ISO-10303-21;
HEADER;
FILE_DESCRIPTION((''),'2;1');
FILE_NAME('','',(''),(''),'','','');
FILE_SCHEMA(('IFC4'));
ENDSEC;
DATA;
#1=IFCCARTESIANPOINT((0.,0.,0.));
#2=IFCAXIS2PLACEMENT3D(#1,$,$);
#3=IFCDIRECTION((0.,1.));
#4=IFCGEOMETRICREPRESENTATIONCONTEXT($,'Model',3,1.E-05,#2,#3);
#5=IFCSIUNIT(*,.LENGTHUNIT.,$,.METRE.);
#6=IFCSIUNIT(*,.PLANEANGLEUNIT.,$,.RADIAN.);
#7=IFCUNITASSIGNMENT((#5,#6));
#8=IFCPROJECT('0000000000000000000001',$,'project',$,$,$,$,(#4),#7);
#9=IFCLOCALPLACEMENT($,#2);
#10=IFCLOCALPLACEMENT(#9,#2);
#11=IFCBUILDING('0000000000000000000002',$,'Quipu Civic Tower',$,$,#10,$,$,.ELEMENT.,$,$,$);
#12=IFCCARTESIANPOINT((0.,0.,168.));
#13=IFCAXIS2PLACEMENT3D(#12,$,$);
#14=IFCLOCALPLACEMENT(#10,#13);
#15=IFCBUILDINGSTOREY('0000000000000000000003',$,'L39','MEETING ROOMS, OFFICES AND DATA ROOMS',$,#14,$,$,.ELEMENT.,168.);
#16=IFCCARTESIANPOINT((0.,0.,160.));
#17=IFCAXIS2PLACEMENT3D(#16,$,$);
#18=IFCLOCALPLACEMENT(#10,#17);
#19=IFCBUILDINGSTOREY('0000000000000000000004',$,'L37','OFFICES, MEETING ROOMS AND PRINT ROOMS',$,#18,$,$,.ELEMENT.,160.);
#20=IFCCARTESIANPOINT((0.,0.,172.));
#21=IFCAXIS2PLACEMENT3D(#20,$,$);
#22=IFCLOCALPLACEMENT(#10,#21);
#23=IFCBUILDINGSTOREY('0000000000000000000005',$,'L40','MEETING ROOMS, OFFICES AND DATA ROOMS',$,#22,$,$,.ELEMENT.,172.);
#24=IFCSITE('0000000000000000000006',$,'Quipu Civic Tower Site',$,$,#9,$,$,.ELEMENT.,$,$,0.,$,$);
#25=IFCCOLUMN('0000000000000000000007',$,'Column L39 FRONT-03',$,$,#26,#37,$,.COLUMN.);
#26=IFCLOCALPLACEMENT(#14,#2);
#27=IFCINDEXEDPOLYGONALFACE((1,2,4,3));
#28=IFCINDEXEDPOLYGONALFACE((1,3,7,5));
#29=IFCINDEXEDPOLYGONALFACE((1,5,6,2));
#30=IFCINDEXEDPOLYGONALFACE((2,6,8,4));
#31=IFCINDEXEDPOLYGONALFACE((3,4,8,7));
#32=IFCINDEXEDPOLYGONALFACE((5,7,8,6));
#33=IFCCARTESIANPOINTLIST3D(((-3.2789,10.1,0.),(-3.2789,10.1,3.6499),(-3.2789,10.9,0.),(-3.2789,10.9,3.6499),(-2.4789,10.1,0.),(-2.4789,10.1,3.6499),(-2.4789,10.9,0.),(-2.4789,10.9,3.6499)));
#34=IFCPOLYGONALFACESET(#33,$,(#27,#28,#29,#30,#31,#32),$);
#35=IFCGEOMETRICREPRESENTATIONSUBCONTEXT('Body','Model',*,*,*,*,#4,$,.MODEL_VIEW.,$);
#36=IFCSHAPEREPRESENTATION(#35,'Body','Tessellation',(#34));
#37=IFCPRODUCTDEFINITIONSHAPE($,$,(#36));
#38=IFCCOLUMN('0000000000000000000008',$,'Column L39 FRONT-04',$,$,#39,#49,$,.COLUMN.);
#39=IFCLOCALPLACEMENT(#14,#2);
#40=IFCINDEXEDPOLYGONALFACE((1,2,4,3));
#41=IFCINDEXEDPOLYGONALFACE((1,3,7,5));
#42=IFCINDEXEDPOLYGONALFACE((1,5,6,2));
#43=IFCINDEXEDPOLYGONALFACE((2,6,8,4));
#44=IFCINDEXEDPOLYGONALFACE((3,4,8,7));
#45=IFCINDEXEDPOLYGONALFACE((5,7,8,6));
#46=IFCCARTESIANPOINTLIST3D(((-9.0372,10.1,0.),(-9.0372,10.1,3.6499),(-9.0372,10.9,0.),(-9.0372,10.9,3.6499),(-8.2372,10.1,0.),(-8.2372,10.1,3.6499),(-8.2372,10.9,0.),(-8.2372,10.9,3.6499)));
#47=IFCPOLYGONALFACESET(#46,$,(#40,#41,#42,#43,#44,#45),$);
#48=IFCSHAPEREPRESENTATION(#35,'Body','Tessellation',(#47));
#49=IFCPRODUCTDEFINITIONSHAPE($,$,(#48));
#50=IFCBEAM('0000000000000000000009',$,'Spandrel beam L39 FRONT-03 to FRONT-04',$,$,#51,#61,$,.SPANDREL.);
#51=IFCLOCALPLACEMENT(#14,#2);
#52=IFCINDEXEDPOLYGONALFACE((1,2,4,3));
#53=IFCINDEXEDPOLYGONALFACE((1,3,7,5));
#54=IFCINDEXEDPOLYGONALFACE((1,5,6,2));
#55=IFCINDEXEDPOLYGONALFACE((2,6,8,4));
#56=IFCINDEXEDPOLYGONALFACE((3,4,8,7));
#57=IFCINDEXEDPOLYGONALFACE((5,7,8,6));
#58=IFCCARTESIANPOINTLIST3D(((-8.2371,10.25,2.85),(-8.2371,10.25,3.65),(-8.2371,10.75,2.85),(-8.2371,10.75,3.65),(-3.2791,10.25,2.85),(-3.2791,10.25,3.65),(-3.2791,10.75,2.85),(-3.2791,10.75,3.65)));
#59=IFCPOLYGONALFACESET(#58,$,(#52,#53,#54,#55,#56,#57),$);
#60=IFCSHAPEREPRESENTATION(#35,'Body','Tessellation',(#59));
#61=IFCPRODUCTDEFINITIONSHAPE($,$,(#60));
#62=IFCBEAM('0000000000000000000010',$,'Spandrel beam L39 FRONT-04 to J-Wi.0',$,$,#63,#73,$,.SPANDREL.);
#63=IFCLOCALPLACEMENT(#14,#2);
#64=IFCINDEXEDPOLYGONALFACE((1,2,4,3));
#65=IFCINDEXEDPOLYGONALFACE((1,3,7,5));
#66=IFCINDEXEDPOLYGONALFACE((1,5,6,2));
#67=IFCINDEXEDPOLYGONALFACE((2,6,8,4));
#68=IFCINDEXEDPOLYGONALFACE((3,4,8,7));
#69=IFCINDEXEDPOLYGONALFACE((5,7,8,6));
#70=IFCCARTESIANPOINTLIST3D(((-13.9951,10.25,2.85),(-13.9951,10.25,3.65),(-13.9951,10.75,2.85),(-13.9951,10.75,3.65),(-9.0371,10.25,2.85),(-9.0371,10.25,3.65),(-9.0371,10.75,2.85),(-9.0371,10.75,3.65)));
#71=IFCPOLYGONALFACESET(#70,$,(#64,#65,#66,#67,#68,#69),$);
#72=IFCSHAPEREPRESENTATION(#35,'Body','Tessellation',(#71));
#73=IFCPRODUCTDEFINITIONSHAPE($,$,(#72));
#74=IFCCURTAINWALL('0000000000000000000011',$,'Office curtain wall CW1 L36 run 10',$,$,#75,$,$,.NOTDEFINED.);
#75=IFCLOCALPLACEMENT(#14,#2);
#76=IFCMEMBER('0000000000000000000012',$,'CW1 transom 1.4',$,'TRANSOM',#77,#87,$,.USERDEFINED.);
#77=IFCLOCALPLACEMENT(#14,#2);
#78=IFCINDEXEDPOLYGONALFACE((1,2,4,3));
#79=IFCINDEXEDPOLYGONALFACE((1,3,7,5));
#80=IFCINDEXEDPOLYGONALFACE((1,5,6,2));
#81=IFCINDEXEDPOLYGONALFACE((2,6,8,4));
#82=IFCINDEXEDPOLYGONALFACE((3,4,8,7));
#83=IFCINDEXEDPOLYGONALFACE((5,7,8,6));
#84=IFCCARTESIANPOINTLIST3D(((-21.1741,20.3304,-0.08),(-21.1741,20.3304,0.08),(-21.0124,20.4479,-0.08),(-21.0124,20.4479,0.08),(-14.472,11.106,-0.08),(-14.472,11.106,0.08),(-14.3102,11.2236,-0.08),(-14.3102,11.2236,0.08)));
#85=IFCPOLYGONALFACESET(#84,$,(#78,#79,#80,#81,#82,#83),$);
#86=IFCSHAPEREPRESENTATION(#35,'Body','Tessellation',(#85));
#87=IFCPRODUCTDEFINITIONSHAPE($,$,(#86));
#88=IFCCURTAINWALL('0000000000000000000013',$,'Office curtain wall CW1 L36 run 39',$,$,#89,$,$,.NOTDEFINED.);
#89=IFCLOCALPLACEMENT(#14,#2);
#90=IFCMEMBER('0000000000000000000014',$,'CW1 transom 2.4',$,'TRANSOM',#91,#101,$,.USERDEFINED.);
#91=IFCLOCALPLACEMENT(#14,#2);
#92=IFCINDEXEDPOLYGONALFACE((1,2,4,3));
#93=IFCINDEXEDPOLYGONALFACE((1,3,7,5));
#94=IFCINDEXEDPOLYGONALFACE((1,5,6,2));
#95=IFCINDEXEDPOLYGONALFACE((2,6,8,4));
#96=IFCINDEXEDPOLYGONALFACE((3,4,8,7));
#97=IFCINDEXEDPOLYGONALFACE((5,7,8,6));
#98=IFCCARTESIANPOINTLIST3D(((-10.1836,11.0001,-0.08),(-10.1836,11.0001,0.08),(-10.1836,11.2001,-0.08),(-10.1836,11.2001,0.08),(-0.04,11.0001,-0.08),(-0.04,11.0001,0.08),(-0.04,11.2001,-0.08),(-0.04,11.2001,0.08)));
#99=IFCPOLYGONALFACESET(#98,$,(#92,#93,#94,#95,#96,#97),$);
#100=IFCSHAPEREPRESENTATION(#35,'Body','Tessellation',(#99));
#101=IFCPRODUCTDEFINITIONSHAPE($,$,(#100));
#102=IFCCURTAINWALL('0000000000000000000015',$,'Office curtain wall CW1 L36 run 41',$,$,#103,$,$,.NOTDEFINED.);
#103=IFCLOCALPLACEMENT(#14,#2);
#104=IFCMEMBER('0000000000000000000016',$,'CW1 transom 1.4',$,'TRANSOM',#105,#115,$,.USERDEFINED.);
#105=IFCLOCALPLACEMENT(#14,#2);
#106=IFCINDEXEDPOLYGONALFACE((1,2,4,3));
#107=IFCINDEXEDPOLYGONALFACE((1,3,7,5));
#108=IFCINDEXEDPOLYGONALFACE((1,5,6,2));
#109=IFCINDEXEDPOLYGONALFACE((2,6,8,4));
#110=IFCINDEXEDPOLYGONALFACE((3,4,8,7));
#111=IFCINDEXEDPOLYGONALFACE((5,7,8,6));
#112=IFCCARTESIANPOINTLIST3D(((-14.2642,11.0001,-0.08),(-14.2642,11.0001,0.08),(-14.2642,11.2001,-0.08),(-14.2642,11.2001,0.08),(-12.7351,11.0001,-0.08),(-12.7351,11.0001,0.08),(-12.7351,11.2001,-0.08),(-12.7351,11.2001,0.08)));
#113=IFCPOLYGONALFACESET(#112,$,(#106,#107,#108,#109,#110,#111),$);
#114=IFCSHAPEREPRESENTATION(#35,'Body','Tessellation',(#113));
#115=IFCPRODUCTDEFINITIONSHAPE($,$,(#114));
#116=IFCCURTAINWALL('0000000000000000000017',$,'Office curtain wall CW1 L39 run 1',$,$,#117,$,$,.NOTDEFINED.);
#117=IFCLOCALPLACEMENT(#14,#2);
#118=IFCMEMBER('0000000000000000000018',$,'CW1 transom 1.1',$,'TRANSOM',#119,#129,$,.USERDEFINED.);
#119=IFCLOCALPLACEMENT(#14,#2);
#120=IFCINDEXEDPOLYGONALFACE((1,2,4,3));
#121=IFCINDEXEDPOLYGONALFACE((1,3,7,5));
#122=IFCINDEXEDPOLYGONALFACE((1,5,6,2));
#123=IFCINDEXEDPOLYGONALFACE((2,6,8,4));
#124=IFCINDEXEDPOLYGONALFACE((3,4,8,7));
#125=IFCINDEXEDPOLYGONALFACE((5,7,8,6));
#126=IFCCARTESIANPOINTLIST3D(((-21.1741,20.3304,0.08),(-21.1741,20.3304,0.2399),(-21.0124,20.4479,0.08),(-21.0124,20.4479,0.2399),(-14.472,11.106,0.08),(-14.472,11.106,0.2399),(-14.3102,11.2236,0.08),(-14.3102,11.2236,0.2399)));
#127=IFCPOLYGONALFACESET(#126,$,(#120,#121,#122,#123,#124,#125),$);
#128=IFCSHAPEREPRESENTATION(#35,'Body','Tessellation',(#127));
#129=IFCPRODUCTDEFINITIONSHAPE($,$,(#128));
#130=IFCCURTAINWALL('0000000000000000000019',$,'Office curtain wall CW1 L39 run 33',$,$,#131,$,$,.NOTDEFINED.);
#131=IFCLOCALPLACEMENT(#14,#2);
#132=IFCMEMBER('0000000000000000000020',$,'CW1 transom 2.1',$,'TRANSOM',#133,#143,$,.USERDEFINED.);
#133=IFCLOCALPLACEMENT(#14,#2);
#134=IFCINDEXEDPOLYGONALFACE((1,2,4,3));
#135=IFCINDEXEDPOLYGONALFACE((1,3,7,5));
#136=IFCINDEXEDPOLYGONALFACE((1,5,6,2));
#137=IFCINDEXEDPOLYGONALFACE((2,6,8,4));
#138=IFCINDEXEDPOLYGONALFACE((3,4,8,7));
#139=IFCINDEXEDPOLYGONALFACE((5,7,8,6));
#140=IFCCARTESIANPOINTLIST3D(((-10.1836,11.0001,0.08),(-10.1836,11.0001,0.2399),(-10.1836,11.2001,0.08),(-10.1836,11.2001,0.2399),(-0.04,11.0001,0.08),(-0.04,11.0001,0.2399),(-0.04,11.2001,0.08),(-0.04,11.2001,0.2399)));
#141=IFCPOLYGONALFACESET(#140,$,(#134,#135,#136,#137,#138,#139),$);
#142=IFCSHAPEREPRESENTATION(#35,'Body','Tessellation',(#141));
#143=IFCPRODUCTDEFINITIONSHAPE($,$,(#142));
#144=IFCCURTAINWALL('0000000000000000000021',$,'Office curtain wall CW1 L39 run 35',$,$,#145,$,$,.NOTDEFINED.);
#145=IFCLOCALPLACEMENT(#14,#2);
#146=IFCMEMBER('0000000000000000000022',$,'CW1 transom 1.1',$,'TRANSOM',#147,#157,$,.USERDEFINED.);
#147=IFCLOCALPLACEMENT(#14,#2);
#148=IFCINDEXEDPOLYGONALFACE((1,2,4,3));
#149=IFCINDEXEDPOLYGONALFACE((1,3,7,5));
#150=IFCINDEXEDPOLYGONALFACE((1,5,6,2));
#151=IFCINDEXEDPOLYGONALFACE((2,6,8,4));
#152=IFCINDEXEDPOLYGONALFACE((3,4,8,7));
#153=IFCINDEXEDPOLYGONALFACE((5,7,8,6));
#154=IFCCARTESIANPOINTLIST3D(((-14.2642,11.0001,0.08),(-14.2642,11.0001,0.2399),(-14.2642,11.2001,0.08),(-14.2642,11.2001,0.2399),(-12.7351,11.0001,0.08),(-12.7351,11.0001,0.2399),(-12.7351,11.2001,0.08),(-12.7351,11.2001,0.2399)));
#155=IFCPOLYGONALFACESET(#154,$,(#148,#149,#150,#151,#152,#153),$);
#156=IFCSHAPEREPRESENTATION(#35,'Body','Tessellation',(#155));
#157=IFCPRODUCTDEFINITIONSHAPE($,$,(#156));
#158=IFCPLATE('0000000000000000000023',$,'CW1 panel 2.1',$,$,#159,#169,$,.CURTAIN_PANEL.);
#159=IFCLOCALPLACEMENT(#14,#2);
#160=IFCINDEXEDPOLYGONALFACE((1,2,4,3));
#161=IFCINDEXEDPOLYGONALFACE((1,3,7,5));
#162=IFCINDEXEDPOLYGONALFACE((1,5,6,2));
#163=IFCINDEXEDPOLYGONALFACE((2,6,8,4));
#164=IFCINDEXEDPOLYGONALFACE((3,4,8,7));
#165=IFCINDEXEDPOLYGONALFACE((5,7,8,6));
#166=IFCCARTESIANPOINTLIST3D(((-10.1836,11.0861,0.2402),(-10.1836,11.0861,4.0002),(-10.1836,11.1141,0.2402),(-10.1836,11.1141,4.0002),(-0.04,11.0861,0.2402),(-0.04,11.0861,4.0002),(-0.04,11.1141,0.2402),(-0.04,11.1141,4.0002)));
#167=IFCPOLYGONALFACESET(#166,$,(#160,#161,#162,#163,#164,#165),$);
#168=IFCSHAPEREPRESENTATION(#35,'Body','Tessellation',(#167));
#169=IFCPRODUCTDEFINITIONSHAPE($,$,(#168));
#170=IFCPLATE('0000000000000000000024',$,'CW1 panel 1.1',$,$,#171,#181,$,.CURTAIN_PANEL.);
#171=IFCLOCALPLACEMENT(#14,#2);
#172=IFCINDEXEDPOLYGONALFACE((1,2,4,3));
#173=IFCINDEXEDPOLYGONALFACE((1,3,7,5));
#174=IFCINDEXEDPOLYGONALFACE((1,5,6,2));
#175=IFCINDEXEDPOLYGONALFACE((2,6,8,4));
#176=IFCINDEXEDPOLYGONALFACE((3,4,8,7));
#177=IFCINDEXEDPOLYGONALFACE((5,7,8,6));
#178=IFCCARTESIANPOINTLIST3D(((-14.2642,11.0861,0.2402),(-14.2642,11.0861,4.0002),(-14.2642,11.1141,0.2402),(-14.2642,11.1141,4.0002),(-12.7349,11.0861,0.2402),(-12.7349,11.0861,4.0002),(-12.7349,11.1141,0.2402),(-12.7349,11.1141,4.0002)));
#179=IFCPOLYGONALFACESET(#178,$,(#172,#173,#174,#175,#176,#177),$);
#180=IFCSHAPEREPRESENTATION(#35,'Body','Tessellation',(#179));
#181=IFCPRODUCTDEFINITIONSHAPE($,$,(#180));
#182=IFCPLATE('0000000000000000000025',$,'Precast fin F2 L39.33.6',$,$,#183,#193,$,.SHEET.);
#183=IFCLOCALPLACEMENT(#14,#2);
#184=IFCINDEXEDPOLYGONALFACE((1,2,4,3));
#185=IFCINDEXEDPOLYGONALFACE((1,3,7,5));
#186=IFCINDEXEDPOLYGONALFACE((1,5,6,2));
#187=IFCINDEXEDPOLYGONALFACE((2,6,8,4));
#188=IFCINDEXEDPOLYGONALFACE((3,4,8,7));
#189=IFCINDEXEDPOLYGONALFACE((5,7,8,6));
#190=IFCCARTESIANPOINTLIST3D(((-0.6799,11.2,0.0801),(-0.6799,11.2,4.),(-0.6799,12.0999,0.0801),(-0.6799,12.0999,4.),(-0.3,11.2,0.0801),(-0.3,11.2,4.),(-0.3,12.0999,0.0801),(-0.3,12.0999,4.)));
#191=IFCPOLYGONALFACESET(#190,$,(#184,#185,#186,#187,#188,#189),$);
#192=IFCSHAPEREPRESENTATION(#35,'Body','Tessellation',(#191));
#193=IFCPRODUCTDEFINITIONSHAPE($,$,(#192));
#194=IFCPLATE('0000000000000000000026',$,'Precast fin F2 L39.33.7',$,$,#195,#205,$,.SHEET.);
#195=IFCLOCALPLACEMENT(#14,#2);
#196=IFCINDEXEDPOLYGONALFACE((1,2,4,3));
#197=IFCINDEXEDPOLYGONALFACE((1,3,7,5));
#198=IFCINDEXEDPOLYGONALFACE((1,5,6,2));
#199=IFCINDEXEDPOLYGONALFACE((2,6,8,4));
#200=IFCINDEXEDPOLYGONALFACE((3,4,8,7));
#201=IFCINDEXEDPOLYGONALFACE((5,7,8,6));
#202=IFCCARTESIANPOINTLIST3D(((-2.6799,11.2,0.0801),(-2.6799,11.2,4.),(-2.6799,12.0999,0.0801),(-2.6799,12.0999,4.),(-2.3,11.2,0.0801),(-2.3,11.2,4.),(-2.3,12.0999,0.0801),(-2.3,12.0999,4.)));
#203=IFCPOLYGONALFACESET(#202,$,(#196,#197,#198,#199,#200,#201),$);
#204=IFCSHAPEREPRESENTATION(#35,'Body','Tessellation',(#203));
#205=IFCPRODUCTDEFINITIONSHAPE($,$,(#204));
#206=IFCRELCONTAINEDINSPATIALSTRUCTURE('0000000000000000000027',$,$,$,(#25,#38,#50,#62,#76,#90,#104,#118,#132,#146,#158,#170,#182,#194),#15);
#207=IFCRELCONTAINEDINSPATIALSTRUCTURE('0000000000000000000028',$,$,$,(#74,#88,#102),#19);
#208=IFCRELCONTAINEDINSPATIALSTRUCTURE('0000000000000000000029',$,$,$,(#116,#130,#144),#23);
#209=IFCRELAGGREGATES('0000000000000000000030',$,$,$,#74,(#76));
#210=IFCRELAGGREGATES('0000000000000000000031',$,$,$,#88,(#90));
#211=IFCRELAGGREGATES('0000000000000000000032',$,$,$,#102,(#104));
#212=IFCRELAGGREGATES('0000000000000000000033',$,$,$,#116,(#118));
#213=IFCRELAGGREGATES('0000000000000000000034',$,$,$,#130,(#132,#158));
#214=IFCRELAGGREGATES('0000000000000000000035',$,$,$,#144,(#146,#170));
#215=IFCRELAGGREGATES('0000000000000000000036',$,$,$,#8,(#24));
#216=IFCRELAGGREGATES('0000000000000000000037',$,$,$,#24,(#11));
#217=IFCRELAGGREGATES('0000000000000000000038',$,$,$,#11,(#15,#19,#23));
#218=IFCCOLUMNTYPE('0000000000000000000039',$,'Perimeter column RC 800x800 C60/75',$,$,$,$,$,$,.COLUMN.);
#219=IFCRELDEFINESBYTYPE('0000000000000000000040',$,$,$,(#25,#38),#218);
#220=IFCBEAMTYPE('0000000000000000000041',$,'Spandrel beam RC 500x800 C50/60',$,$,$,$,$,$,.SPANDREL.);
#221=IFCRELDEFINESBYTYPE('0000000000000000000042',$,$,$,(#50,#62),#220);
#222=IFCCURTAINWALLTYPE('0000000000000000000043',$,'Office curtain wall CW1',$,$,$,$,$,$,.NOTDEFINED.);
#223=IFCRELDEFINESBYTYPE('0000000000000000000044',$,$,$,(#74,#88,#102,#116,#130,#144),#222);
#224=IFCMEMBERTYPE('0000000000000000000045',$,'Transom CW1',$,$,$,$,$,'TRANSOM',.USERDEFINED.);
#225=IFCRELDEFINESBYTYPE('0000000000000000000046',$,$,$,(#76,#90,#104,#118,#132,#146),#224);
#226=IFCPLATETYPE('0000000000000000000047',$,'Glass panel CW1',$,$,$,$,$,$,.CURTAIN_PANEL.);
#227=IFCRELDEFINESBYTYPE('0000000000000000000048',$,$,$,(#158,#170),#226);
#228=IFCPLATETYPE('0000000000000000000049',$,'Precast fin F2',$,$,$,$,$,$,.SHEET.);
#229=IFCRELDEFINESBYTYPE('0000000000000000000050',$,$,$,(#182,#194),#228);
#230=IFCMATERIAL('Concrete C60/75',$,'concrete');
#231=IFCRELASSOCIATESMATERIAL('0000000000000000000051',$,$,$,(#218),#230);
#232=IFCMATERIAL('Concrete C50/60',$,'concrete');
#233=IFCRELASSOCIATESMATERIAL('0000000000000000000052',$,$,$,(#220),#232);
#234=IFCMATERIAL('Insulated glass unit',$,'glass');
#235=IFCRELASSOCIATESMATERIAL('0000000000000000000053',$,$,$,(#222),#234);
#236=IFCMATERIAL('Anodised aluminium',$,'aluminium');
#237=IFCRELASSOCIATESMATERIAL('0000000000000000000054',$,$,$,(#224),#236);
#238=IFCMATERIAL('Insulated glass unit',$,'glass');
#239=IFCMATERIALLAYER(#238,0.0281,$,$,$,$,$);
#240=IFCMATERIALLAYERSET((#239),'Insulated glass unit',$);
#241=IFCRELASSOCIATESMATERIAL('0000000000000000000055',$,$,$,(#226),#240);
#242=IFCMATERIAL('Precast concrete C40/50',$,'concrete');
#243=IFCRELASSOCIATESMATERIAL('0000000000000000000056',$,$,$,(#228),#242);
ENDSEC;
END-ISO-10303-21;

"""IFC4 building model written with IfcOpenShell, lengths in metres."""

from ifc_helpers import new_model, si_unit, direction, frame, origin, origin_2d, place, context, subcontext, project, spatial, rectangle, extrude, material, layer, layer_set, material_profile, profile_set, type_object, element, aggregate, save


model = new_model("IFC4")

# Units and contexts
model_context = context("Model", 3, precision=1e-05, world=origin(), true_north=direction((0.0, 1.0)))
body_context = subcontext(model_context, "Body", "Model", "MODEL_VIEW")
ifc_project = project(units=[si_unit("LENGTHUNIT", "METRE"), si_unit("PLANEANGLEUNIT", "RADIAN")], contexts=[model_context])

# Site, building, storey
site_placement = place(None, origin())
site = spatial("IfcSite", under=ifc_project, at=site_placement, Name="Quipu Civic Tower Site", CompositionType="ELEMENT", RefElevation=0.0)
building_placement = place(site_placement, origin())
building = spatial("IfcBuilding", under=site, at=building_placement, Name="Quipu Civic Tower", CompositionType="ELEMENT")
storey_1_placement = place(building_placement, frame((0.0, 0.0, 168.0)))
storey_1 = spatial("IfcBuildingStorey", under=building, at=storey_1_placement, Name="L39", Description="MEETING ROOMS, OFFICES AND DATA ROOMS", CompositionType="ELEMENT", Elevation=168.0)

# Columns
ifc_material_1 = material(Name="Concrete C60/75", Category="concrete")
ifc_material_profile_1 = material_profile(ifc_material_1, rectangle(XDim=0.8, YDim=0.8, at=origin_2d()), Name="RC800x800")
ifc_profile_set_1 = profile_set([ifc_material_profile_1], Name="Concrete C60/75")
column_type = type_object("IfcColumnType", Name="Perimeter column RC 800x800 C60/75", PredefinedType="COLUMN", material=ifc_profile_set_1)
for number, where, z_axis, x_axis, name in (
    (1, (-2.8789, 10.5, 0.0), (0.0, 0.0, 1.0), (-1.0, 0.0, 0.0), "Column L39 FRONT-03"),
    (2, (-8.6372, 10.5, 0.0), (0.0, 0.0, 1.0), (-1.0, 0.0, 0.0), "Column L39 FRONT-04"),
):
    element("IfcColumn", number, at=place(storey_1_placement, frame(where, z_axis=z_axis, x_axis=x_axis)), inside=storey_1, type_object=column_type, Name=name, PredefinedType="COLUMN", context=body_context, shape_type="SweptSolid", body=[
        extrude(rectangle(XDim=0.8, YDim=0.8, at=origin_2d()), origin(), (0.0, 0.0, 1.0), 3.6499),
    ])

# Beams
ifc_material_2 = material(Name="Concrete C50/60", Category="concrete")
ifc_material_profile_2 = material_profile(ifc_material_2, rectangle(XDim=0.5, YDim=0.8, at=origin_2d()), Name="RC500x800")
ifc_profile_set_2 = profile_set([ifc_material_profile_2], Name="Concrete C50/60")
beam_type = type_object("IfcBeamType", Name="Spandrel beam RC 500x800 C50/60", PredefinedType="SPANDREL", material=ifc_profile_set_2)
for number, where, z_axis, x_axis, name in (
    (3, (-3.2791, 10.5, 3.25), (-1.0, 0.0, 0.0), (0.0, -1.0, 0.0), "Spandrel beam L39 FRONT-03 to FRONT-04"),
    (4, (-9.0371, 10.5, 3.25), (-1.0, 0.0, 0.0), (0.0, -1.0, 0.0), "Spandrel beam L39 FRONT-04 to J-Wi.0"),
):
    element("IfcBeam", number, at=place(storey_1_placement, frame(where, z_axis=z_axis, x_axis=x_axis)), inside=storey_1, type_object=beam_type, Name=name, PredefinedType="SPANDREL", context=body_context, shape_type="SweptSolid", body=[
        extrude(rectangle(XDim=0.5, YDim=0.8, at=origin_2d()), origin(), (0.0, 0.0, 1.0), 4.958),
    ])

# Shared definitions
storey_2_placement = place(building_placement, frame((0.0, 0.0, 160.0)))
storey_2 = spatial("IfcBuildingStorey", under=building, at=storey_2_placement, Name="L37", Description="OFFICES, MEETING ROOMS AND PRINT ROOMS", CompositionType="ELEMENT", Elevation=160.0)

# Curtain walls, members
ifc_material_3 = material(Name="Insulated glass unit", Category="glass")
curtain_wall_type = type_object("IfcCurtainWallType", Name="Office curtain wall CW1", PredefinedType="NOTDEFINED", material=ifc_material_3)
curtain_wall_1_placement = place(storey_2_placement, origin())
curtain_wall_1 = element("IfcCurtainWall", 5, at=curtain_wall_1_placement, inside=storey_2, type_object=curtain_wall_type, Name="Office curtain wall CW1 L36 run 10", PredefinedType="NOTDEFINED")
ifc_material_4 = material(Name="Anodised aluminium", Category="aluminium")
ifc_material_profile_3 = material_profile(ifc_material_4, rectangle(XDim=0.2, YDim=0.1599, at=origin_2d()), Name="RECT 200x160")
ifc_profile_set_3 = profile_set([ifc_material_profile_3], Name="Anodised aluminium")
member_type = type_object("IfcMemberType", Name="Transom CW1", ElementType="TRANSOM", PredefinedType="USERDEFINED", material=ifc_profile_set_3)
member_1_placement = place(storey_1_placement, frame((-14.3911, 11.1648, 0.0), z_axis=(-0.5878, 0.809006, 0.0), x_axis=(-0.809006, -0.5878, 0.0)))
member_1 = element("IfcMember", 6, at=member_1_placement, inside=storey_1, type_object=member_type, Name="CW1 transom 1.4", ObjectType="TRANSOM", PredefinedType="USERDEFINED", context=body_context, shape_type="SweptSolid", body=[
    extrude(rectangle(XDim=0.2, YDim=0.1599, at=origin_2d()), origin(), (0.0, 0.0, 1.0), 11.4021),
])
aggregate(curtain_wall_1, [member_1])
curtain_wall_2_placement = place(storey_2_placement, origin())
curtain_wall_2 = element("IfcCurtainWall", 7, at=curtain_wall_2_placement, inside=storey_2, type_object=curtain_wall_type, Name="Office curtain wall CW1 L36 run 39", PredefinedType="NOTDEFINED")
member_2_placement = place(storey_1_placement, frame((-0.04, 11.1001, 0.0), z_axis=(-1.0, 0.0, 0.0), x_axis=(0.0, -1.0, 0.0)))
member_2 = element("IfcMember", 8, at=member_2_placement, inside=storey_1, type_object=member_type, Name="CW1 transom 2.4", ObjectType="TRANSOM", PredefinedType="USERDEFINED", context=body_context, shape_type="SweptSolid", body=[
    extrude(rectangle(XDim=0.2, YDim=0.1599, at=origin_2d()), origin(), (0.0, 0.0, 1.0), 10.1436),
])
aggregate(curtain_wall_2, [member_2])
curtain_wall_3_placement = place(storey_2_placement, origin())
curtain_wall_3 = element("IfcCurtainWall", 9, at=curtain_wall_3_placement, inside=storey_2, type_object=curtain_wall_type, Name="Office curtain wall CW1 L36 run 41", PredefinedType="NOTDEFINED")
member_3_placement = place(storey_1_placement, frame((-12.7351, 11.1001, 0.0), z_axis=(-1.0, 0.0, 0.0), x_axis=(0.0, -1.0, 0.0)))
member_3 = element("IfcMember", 10, at=member_3_placement, inside=storey_1, type_object=member_type, Name="CW1 transom 1.4", ObjectType="TRANSOM", PredefinedType="USERDEFINED", context=body_context, shape_type="SweptSolid", body=[
    extrude(rectangle(XDim=0.2, YDim=0.1599, at=origin_2d()), origin(), (0.0, 0.0, 1.0), 1.5291),
])
aggregate(curtain_wall_3, [member_3])

# Shared definitions
storey_3_placement = place(building_placement, frame((0.0, 0.0, 172.0)))
storey_3 = spatial("IfcBuildingStorey", under=building, at=storey_3_placement, Name="L40", Description="MEETING ROOMS, OFFICES AND DATA ROOMS", CompositionType="ELEMENT", Elevation=172.0)

# Curtain walls, members
curtain_wall_4_placement = place(storey_3_placement, origin())
curtain_wall_4 = element("IfcCurtainWall", 11, at=curtain_wall_4_placement, inside=storey_3, type_object=curtain_wall_type, Name="Office curtain wall CW1 L39 run 1", PredefinedType="NOTDEFINED")
member_4_placement = place(storey_1_placement, frame((-14.3911, 11.1648, 0.1599), z_axis=(-0.5878, 0.809006, 0.0), x_axis=(-0.809006, -0.5878, 0.0)))
member_4 = element("IfcMember", 12, at=member_4_placement, inside=storey_1, type_object=member_type, Name="CW1 transom 1.1", ObjectType="TRANSOM", PredefinedType="USERDEFINED", context=body_context, shape_type="SweptSolid", body=[
    extrude(rectangle(XDim=0.2, YDim=0.1599, at=origin_2d()), origin(), (0.0, 0.0, 1.0), 11.4021),
])
aggregate(curtain_wall_4, [member_4])
curtain_wall_5_placement = place(storey_3_placement, origin())
curtain_wall_5 = element("IfcCurtainWall", 13, at=curtain_wall_5_placement, inside=storey_3, type_object=curtain_wall_type, Name="Office curtain wall CW1 L39 run 33", PredefinedType="NOTDEFINED")
member_5_placement = place(storey_1_placement, frame((-0.04, 11.1001, 0.1599), z_axis=(-1.0, 0.0, 0.0), x_axis=(0.0, -1.0, 0.0)))
member_5 = element("IfcMember", 14, at=member_5_placement, inside=storey_1, type_object=member_type, Name="CW1 transom 2.1", ObjectType="TRANSOM", PredefinedType="USERDEFINED", context=body_context, shape_type="SweptSolid", body=[
    extrude(rectangle(XDim=0.2, YDim=0.1599, at=origin_2d()), origin(), (0.0, 0.0, 1.0), 10.1436),
])
curtain_wall_6_placement = place(storey_3_placement, origin())
curtain_wall_6 = element("IfcCurtainWall", 15, at=curtain_wall_6_placement, inside=storey_3, type_object=curtain_wall_type, Name="Office curtain wall CW1 L39 run 35", PredefinedType="NOTDEFINED")
member_6_placement = place(storey_1_placement, frame((-12.7351, 11.1001, 0.1599), z_axis=(-1.0, 0.0, 0.0), x_axis=(0.0, -1.0, 0.0)))
member_6 = element("IfcMember", 16, at=member_6_placement, inside=storey_1, type_object=member_type, Name="CW1 transom 1.1", ObjectType="TRANSOM", PredefinedType="USERDEFINED", context=body_context, shape_type="SweptSolid", body=[
    extrude(rectangle(XDim=0.2, YDim=0.1599, at=origin_2d()), origin(), (0.0, 0.0, 1.0), 1.5291),
])

# Plates
ifc_material_5 = material(Name="Insulated glass unit", Category="glass")
ifc_layer_1 = layer(ifc_material_5, 0.0281)
ifc_layer_set_1 = layer_set([ifc_layer_1], Name="Insulated glass unit")
plate_type_1 = type_object("IfcPlateType", Name="Glass panel CW1", PredefinedType="CURTAIN_PANEL", material=ifc_layer_set_1)
plate_1_placement = place(storey_1_placement, frame((-5.1118, 11.1001, 0.2402), z_axis=(0.0, 0.0, 1.0), x_axis=(-1.0, 0.0, 0.0)))
plate_1 = element("IfcPlate", 17, at=plate_1_placement, inside=storey_1, type_object=plate_type_1, Name="CW1 panel 2.1", PredefinedType="CURTAIN_PANEL", context=body_context, shape_type="SweptSolid", body=[
    extrude(rectangle(XDim=10.1436, YDim=0.0281, at=origin_2d()), origin(), (0.0, 0.0, 1.0), 3.76),
])
aggregate(curtain_wall_5, [member_5, plate_1])
plate_2_placement = place(storey_1_placement, frame((-13.4995, 11.1001, 0.2402), z_axis=(0.0, 0.0, 1.0), x_axis=(-1.0, 0.0, 0.0)))
plate_2 = element("IfcPlate", 18, at=plate_2_placement, inside=storey_1, type_object=plate_type_1, Name="CW1 panel 1.1", PredefinedType="CURTAIN_PANEL", context=body_context, shape_type="SweptSolid", body=[
    extrude(rectangle(XDim=1.5293, YDim=0.0281, at=origin_2d()), origin(), (0.0, 0.0, 1.0), 3.76),
])
aggregate(curtain_wall_6, [member_6, plate_2])

# Plates
ifc_material_6 = material(Name="Precast concrete C40/50", Category="concrete")
plate_type_2 = type_object("IfcPlateType", Name="Precast fin F2", PredefinedType="SHEET", material=ifc_material_6)
for number, where, z_axis, x_axis, name in (
    (19, (-0.49, 11.6499, 0.0801), (0.0, 0.0, 1.0), (-1.0, 0.0, 0.0), "Precast fin F2 L39.33.6"),
    (20, (-2.49, 11.6499, 0.0801), (0.0, 0.0, 1.0), (-1.0, 0.0, 0.0), "Precast fin F2 L39.33.7"),
):
    element("IfcPlate", number, at=place(storey_1_placement, frame(where, z_axis=z_axis, x_axis=x_axis)), inside=storey_1, type_object=plate_type_2, Name=name, PredefinedType="SHEET", context=body_context, shape_type="SweptSolid", body=[
        extrude(rectangle(XDim=0.3799, YDim=0.8999, at=origin_2d()), origin(), (0.0, 0.0, 1.0), 3.9199),
    ])

save(model, "model.ifc")
